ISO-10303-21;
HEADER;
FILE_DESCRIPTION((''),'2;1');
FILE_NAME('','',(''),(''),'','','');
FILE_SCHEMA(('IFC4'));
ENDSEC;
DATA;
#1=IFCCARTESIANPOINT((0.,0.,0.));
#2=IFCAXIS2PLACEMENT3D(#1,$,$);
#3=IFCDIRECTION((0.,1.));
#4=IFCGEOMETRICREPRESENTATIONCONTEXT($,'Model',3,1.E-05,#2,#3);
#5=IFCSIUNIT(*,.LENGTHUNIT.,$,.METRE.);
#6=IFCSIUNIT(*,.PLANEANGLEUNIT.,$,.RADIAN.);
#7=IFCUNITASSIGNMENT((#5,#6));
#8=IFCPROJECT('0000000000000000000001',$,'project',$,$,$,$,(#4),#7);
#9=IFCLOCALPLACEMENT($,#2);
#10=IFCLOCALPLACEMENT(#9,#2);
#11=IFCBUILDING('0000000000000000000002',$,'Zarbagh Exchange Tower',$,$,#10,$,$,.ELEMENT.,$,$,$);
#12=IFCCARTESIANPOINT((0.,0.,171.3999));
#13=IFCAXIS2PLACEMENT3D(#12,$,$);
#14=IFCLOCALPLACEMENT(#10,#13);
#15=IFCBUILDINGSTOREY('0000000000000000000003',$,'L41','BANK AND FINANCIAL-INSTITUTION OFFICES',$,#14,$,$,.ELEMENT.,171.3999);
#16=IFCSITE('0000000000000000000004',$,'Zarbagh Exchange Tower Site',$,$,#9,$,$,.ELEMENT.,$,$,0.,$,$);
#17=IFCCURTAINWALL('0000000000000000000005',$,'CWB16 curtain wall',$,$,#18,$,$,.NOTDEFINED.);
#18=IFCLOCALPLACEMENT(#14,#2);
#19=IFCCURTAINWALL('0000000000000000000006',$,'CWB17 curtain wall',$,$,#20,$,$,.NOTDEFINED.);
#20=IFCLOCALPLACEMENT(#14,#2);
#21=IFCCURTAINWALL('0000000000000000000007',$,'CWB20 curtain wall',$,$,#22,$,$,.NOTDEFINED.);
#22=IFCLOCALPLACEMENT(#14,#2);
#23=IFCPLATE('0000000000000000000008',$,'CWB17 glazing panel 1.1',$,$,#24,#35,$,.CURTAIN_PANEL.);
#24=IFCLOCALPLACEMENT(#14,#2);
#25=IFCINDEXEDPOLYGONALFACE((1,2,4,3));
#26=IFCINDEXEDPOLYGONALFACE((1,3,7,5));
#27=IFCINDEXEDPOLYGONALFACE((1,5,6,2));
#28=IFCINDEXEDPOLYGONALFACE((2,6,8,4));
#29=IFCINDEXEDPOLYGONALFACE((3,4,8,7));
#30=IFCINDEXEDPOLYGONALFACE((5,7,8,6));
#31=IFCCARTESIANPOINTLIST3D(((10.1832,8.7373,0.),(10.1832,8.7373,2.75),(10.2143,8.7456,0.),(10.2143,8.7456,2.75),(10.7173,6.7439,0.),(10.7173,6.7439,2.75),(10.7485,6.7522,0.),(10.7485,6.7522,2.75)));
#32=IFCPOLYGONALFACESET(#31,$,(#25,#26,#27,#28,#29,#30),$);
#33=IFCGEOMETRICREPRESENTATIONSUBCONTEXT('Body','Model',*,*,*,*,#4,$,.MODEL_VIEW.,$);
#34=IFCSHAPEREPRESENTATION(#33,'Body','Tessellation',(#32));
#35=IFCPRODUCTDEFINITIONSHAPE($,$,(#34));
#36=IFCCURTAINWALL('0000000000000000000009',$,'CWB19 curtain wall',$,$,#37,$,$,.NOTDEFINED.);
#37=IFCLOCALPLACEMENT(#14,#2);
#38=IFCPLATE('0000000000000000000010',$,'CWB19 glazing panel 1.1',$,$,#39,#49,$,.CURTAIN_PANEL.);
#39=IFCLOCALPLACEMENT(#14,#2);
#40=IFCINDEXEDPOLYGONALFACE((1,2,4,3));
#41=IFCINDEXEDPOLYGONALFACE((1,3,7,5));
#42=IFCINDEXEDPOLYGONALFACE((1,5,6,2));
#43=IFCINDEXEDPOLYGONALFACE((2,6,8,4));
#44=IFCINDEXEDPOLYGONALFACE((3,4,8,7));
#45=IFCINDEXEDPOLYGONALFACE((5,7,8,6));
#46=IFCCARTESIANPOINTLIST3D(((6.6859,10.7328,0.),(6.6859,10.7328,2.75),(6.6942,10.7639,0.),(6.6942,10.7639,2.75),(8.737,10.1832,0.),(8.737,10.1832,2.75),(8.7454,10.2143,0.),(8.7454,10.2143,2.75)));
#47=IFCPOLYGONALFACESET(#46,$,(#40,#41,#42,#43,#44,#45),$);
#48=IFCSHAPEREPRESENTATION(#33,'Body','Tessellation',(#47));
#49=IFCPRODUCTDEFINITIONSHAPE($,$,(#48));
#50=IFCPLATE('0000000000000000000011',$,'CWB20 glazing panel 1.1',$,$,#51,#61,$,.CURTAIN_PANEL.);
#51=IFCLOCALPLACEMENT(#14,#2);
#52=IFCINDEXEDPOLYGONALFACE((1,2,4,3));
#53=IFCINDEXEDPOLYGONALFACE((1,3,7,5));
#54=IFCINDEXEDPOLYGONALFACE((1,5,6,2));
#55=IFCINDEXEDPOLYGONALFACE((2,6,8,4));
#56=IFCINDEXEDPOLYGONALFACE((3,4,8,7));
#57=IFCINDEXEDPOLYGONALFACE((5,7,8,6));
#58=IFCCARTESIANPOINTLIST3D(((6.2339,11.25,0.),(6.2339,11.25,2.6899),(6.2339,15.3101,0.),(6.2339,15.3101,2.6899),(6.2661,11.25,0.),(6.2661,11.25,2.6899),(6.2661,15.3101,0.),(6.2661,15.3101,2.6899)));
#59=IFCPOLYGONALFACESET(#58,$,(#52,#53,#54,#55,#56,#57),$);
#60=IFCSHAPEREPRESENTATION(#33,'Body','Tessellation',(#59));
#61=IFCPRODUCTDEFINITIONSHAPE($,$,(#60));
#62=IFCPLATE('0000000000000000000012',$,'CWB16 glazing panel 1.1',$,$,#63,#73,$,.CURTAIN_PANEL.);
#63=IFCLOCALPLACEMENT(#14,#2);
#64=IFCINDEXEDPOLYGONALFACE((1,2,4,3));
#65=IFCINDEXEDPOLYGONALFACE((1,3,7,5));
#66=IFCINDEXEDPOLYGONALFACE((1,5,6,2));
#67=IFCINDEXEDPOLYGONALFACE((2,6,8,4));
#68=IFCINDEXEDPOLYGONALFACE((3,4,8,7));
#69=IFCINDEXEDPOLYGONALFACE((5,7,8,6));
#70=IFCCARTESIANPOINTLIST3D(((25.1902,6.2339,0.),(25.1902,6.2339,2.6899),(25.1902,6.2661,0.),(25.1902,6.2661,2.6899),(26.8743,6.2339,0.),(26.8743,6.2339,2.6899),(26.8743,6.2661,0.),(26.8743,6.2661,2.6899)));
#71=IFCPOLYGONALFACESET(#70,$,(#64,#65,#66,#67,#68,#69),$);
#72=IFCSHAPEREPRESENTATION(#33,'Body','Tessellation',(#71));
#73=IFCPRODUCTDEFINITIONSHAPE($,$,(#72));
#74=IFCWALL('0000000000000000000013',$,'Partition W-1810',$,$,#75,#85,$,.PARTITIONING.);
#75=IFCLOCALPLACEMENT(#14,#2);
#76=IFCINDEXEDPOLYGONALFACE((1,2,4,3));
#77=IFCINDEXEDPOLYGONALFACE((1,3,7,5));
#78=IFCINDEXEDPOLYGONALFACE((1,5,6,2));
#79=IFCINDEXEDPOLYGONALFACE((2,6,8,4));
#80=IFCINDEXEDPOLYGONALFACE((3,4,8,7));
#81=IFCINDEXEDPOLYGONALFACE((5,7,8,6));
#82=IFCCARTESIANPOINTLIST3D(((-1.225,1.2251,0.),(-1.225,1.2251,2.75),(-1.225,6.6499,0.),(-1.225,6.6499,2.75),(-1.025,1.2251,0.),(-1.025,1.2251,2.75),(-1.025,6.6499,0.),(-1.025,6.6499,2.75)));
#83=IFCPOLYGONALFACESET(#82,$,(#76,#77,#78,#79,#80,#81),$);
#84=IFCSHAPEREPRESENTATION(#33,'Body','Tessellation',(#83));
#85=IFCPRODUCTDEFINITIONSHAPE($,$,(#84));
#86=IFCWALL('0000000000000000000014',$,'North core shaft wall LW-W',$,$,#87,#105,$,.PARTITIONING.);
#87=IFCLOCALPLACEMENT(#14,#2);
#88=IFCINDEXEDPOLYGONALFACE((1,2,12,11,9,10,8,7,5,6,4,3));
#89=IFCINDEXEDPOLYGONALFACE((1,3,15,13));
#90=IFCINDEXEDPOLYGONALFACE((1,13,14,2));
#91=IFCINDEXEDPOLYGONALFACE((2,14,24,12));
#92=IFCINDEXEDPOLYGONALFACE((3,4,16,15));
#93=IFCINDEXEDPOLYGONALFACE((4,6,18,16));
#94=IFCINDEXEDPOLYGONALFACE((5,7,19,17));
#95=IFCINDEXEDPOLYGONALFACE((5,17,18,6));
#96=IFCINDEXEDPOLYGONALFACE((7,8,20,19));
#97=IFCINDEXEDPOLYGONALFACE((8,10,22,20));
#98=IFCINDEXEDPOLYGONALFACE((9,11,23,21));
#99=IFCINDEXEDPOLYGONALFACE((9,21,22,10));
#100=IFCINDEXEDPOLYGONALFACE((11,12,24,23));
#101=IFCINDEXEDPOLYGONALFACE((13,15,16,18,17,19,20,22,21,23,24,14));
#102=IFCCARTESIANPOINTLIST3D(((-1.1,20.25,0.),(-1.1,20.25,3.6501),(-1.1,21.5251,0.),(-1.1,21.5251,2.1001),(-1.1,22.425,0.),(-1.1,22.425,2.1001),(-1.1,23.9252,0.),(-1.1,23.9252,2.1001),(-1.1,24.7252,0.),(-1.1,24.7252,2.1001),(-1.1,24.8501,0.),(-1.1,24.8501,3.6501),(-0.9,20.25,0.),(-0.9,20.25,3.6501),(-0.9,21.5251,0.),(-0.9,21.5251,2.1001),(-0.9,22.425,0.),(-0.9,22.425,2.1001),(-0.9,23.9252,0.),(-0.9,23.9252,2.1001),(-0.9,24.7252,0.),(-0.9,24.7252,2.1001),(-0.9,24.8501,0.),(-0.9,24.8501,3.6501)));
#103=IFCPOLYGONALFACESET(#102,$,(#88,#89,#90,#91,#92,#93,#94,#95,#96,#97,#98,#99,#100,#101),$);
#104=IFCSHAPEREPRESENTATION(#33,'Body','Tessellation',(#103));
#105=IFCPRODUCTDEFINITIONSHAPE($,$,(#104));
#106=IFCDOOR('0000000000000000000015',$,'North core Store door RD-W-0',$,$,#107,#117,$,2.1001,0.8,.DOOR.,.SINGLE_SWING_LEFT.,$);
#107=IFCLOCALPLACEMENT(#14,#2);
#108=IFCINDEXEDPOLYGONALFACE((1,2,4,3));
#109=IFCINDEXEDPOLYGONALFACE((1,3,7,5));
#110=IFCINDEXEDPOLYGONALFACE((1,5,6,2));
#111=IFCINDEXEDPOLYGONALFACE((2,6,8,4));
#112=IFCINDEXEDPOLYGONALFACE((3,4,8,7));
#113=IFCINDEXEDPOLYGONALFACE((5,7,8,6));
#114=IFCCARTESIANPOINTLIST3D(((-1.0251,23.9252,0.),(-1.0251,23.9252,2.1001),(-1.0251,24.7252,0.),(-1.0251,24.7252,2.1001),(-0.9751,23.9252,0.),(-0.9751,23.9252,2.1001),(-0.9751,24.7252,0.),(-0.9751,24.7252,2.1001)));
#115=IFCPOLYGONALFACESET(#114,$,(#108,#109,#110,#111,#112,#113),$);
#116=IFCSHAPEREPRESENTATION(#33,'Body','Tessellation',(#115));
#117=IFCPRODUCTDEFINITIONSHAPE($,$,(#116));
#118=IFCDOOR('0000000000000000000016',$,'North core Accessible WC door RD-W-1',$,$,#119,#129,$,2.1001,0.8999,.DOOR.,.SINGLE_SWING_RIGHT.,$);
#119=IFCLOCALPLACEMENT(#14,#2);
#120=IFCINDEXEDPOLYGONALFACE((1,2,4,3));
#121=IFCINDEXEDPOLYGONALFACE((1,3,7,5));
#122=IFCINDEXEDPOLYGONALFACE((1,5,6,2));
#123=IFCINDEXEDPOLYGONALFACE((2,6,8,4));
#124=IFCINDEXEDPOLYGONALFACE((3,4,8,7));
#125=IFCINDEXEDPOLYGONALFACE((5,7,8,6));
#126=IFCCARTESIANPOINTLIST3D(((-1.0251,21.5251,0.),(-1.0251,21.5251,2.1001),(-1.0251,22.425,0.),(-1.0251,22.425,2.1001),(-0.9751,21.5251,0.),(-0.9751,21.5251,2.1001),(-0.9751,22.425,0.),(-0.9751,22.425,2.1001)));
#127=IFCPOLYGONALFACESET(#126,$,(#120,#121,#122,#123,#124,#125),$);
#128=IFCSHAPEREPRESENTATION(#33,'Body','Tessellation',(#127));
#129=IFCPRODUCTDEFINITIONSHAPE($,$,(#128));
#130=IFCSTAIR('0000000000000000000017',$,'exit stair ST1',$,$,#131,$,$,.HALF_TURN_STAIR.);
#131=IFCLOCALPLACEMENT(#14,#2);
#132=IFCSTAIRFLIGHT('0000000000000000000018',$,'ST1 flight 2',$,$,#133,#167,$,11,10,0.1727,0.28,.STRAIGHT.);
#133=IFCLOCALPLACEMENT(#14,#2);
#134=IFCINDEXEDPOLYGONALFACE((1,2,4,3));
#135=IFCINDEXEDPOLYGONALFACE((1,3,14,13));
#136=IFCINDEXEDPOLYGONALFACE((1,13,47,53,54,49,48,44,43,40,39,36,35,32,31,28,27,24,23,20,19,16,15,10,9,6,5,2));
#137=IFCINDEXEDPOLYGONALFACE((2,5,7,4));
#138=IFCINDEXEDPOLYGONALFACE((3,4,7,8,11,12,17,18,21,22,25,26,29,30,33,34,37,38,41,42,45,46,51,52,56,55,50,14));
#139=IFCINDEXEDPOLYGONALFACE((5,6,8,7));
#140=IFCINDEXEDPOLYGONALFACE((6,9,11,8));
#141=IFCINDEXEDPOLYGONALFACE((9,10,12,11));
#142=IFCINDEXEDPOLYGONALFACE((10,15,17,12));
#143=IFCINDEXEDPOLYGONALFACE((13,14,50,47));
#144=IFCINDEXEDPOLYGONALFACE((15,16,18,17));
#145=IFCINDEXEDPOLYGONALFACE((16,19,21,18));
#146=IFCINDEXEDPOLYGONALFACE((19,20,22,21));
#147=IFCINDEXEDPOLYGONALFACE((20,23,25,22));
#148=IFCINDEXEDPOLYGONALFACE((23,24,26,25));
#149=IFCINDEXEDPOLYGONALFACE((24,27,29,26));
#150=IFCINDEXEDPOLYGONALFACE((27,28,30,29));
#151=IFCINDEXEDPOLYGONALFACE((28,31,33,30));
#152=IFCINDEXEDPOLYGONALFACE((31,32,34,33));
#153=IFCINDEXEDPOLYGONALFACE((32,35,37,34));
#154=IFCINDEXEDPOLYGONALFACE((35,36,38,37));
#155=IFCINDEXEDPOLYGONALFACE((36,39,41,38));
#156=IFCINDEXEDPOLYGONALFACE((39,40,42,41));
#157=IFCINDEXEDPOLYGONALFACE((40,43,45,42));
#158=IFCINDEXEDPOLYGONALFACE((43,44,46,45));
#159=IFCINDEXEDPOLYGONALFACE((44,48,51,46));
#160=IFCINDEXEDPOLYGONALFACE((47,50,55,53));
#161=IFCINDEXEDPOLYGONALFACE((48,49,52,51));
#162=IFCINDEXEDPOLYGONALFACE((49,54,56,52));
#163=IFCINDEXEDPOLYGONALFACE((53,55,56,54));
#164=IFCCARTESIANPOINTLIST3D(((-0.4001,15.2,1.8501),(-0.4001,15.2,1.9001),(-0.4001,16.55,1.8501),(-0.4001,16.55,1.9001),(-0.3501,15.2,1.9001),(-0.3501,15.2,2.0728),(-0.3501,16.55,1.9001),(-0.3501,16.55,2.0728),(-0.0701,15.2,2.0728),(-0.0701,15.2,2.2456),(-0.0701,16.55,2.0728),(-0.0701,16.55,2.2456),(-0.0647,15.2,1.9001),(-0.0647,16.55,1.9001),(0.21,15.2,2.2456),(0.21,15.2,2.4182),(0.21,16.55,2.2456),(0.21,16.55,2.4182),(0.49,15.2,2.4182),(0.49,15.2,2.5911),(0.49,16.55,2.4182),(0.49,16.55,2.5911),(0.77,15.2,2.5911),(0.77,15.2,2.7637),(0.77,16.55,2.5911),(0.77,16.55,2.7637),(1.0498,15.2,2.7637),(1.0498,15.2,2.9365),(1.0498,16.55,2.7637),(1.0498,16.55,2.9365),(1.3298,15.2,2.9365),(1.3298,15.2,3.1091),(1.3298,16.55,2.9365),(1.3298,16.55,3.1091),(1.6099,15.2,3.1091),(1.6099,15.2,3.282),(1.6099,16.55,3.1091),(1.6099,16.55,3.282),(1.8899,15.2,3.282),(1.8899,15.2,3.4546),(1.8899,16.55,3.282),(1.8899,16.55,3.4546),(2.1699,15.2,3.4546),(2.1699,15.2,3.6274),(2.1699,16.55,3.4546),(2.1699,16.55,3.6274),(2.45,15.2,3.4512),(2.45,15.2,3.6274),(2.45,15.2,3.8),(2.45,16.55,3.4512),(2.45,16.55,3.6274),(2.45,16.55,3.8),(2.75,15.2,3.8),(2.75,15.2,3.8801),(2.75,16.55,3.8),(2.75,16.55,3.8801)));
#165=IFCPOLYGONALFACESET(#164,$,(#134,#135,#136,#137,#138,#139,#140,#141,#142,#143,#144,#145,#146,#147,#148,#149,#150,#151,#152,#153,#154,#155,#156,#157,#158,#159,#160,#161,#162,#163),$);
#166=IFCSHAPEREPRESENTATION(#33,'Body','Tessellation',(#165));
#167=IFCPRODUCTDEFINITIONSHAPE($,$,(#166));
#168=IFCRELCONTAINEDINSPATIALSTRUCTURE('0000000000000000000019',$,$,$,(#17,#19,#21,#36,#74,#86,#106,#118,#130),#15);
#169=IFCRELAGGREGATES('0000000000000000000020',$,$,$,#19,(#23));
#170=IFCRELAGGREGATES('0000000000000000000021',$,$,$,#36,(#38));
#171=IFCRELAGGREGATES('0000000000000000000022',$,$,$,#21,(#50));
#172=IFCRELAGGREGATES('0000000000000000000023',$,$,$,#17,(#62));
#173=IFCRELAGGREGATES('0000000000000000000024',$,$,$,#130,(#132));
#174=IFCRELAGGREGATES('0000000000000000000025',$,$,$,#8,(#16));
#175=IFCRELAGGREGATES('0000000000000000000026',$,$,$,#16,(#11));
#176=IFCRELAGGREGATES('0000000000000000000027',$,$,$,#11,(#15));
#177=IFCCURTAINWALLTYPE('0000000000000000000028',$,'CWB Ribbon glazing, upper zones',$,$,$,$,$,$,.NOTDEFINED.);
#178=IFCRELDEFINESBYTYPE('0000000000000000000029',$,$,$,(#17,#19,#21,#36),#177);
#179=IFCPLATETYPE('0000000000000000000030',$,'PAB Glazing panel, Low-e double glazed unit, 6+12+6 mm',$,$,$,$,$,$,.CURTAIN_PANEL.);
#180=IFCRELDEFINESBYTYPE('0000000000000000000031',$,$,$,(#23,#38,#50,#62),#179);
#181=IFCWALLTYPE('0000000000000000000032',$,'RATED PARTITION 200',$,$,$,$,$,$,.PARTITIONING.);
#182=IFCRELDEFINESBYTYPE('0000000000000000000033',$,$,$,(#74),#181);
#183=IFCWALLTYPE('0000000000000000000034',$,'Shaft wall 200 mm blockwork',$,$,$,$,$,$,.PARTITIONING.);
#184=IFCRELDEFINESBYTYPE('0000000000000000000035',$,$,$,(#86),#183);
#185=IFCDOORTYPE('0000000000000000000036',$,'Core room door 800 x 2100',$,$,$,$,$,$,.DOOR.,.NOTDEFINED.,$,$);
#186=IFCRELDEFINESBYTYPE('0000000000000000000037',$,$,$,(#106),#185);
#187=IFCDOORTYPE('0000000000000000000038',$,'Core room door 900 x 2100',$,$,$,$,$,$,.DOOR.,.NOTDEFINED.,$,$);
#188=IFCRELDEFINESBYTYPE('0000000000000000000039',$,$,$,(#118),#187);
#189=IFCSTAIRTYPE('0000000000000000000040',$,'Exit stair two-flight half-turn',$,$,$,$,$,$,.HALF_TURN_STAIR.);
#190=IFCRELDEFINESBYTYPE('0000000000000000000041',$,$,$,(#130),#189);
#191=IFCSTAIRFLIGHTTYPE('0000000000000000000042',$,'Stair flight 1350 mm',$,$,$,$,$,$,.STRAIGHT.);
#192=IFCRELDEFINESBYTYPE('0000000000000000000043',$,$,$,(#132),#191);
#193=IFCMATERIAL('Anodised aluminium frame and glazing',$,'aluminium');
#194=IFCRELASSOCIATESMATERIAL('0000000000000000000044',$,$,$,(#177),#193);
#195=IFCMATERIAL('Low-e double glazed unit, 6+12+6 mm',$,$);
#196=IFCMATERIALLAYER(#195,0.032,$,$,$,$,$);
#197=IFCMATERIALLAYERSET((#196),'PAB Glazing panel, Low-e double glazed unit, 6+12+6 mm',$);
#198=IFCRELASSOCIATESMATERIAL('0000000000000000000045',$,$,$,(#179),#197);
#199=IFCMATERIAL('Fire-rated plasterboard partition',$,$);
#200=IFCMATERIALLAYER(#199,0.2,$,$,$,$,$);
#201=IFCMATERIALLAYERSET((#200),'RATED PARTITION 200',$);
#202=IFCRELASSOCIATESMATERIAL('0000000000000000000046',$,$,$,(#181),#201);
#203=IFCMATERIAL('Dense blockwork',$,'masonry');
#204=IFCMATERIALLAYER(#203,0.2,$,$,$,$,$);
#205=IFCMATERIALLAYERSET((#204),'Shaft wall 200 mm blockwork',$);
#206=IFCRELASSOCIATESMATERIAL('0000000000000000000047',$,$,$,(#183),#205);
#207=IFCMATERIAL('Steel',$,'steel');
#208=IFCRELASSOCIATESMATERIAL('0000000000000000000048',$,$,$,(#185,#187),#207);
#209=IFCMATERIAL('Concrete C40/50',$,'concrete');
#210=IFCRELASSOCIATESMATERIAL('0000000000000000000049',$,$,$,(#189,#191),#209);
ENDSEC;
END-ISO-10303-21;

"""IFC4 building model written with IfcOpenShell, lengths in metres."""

from ifc_helpers import new_model, si_unit, direction, frame, frame_2d, origin, place, context, subcontext, project, spatial, polyline, rectangle, outline, extrude, source, transform, mapped, material, layer, layer_set, type_object, element, fill, aggregate, save


model = new_model("IFC4")

# Units and contexts
model_context = context("Model", 3, precision=1e-05, world=origin(), true_north=direction((0.0, 1.0)))
body_context = subcontext(model_context, "Body", "Model", "MODEL_VIEW")
ifc_project = project(units=[si_unit("LENGTHUNIT", "METRE"), si_unit("PLANEANGLEUNIT", "RADIAN")], contexts=[model_context])

# Site, building, storey
site_placement = place(None, origin())
site = spatial("IfcSite", under=ifc_project, at=site_placement, Name="Zarbagh Exchange Tower Site", CompositionType="ELEMENT", RefElevation=0.0)
building_placement = place(site_placement, origin())
building = spatial("IfcBuilding", under=site, at=building_placement, Name="Zarbagh Exchange Tower", CompositionType="ELEMENT")
storey_placement = place(building_placement, frame((0.0, 0.0, 171.3999)))
storey = spatial("IfcBuildingStorey", under=building, at=storey_placement, Name="L41", Description="BANK AND FINANCIAL-INSTITUTION OFFICES", CompositionType="ELEMENT", Elevation=171.3999)

# Curtain wall
ifc_material_1 = material(Name="Anodised aluminium frame and glazing", Category="aluminium")
curtain_wall_type = type_object("IfcCurtainWallType", Name="CWB Ribbon glazing, upper zones", PredefinedType="NOTDEFINED", material=ifc_material_1)
curtain_wall_1_placement = place(storey_placement, origin())
curtain_wall_1 = element("IfcCurtainWall", 1, at=curtain_wall_1_placement, inside=storey, type_object=curtain_wall_type, Name="CWB16 curtain wall", PredefinedType="NOTDEFINED")
placement = place(storey_placement, origin())

# Curtain wall
curtain_wall_2_placement = place(storey_placement, origin())
curtain_wall_2 = element("IfcCurtainWall", 2, at=curtain_wall_2_placement, inside=storey, type_object=curtain_wall_type, Name="CWB17 curtain wall", PredefinedType="NOTDEFINED")

# Curtain wall
curtain_wall_3_placement = place(storey_placement, origin())
curtain_wall_3 = element("IfcCurtainWall", 3, at=curtain_wall_3_placement, inside=storey, type_object=curtain_wall_type, Name="CWB20 curtain wall", PredefinedType="NOTDEFINED")

# Shared definitions
ifc_material_2 = material(Name="Low-e double glazed unit, 6+12+6 mm")
ifc_layer_1 = layer(ifc_material_2, 0.032)
ifc_layer_set_1 = layer_set([ifc_layer_1], Name="PAB Glazing panel, Low-e double glazed unit, 6+12+6 mm")
plate_type = type_object("IfcPlateType", Name="PAB Glazing panel, Low-e double glazed unit, 6+12+6 mm", PredefinedType="CURTAIN_PANEL", material=ifc_layer_set_1)

# Plate
shared_shape_1 = source(origin(), body_context, "Body", "SweptSolid", [
    extrude(outline(polyline([(0.0, -0.0161), (2.0637, -0.0161), (2.0637, 0.0161), (0.0, 0.0161), (0.0, -0.0161)])), origin(), (0.0, 0.0, 1.0), 2.75),
])
plate_1 = element("IfcPlate", 4, at=placement, type_object=plate_type, Name="CWB17 glazing panel 1.1", PredefinedType="CURTAIN_PANEL", context=body_context, shape_type="MappedRepresentation", body=[
    mapped(shared_shape_1, transform((10.7329, 6.748, 0.0), x_axis=(-0.258825, 0.965924, 0.0), y_axis=(-0.965924, -0.258825, 0.0), z_axis=(0.0, 0.0, 1.0))),
])
aggregate(curtain_wall_2, [plate_1])

# Curtain wall, plate
curtain_wall_4_placement = place(storey_placement, origin())
curtain_wall_4 = element("IfcCurtainWall", 5, at=curtain_wall_4_placement, inside=storey, type_object=curtain_wall_type, Name="CWB19 curtain wall", PredefinedType="NOTDEFINED")
shared_shape_2 = source(origin(), body_context, "Body", "SweptSolid", [
    extrude(outline(polyline([(0.0, -0.0161), (2.1235, -0.0161), (2.1235, 0.0161), (0.0, 0.0161), (0.0, -0.0161)])), origin(), (0.0, 0.0, 1.0), 2.75),
])
plate_2 = element("IfcPlate", 6, at=placement, type_object=plate_type, Name="CWB19 glazing panel 1.1", PredefinedType="CURTAIN_PANEL", context=body_context, shape_type="MappedRepresentation", body=[
    mapped(shared_shape_2, transform((8.7412, 10.1987, 0.0), x_axis=(-0.965924, 0.258825, 0.0), y_axis=(-0.258825, -0.965924, 0.0), z_axis=(0.0, 0.0, 1.0))),
])
aggregate(curtain_wall_4, [plate_2])

# Plates
shared_shape_3 = source(origin(), body_context, "Body", "SweptSolid", [
    extrude(outline(polyline([(0.0, -0.0161), (4.0601, -0.0161), (4.0601, 0.0161), (0.0, 0.0161), (0.0, -0.0161)])), origin(), (0.0, 0.0, 1.0), 2.6899),
])
plate_3 = element("IfcPlate", 7, at=placement, type_object=plate_type, Name="CWB20 glazing panel 1.1", PredefinedType="CURTAIN_PANEL", context=body_context, shape_type="MappedRepresentation", body=[
    mapped(shared_shape_3, transform((6.25, 11.25, 0.0), x_axis=(0.0, 1.0, 0.0), y_axis=(-1.0, 0.0, 0.0), z_axis=(0.0, 0.0, 1.0))),
])
aggregate(curtain_wall_3, [plate_3])
shared_shape_4 = source(origin(), body_context, "Body", "SweptSolid", [
    extrude(outline(polyline([(0.0, -0.0161), (1.6841, -0.0161), (1.6841, 0.0161), (0.0, 0.0161), (0.0, -0.0161)])), origin(), (0.0, 0.0, 1.0), 2.6899),
])
plate_4 = element("IfcPlate", 8, at=placement, type_object=plate_type, Name="CWB16 glazing panel 1.1", PredefinedType="CURTAIN_PANEL", context=body_context, shape_type="MappedRepresentation", body=[
    mapped(shared_shape_4, transform((26.8743, 6.25, 0.0), x_axis=(-1.0, 0.0, 0.0), y_axis=(0.0, -1.0, 0.0), z_axis=(0.0, 0.0, 1.0))),
])
aggregate(curtain_wall_1, [plate_4])

# Wall
ifc_material_3 = material(Name="Fire-rated plasterboard partition")
ifc_layer_2 = layer(ifc_material_3, 0.2)
ifc_layer_set_2 = layer_set([ifc_layer_2], Name="RATED PARTITION 200")
wall_type_1 = type_object("IfcWallType", Name="RATED PARTITION 200", PredefinedType="PARTITIONING", material=ifc_layer_set_2)
wall_1_placement = place(storey_placement, frame((-1.125, 1.2251, 0.0), z_axis=(0.0, 0.0, 1.0), x_axis=(0.0, 1.0, 0.0)))
element("IfcWall", 9, at=wall_1_placement, inside=storey, type_object=wall_type_1, Name="Partition W-1810", PredefinedType="PARTITIONING", context=body_context, shape_type="SweptSolid", body=[
    extrude(rectangle(XDim=5.4248, YDim=0.2, at=frame_2d((2.7124, 0.0))), origin(), (0.0, 0.0, 1.0), 2.75),
])

# Wall, openings, doors
ifc_material_4 = material(Name="Dense blockwork", Category="masonry")
ifc_layer_3 = layer(ifc_material_4, 0.2)
ifc_layer_set_3 = layer_set([ifc_layer_3], Name="Shaft wall 200 mm blockwork")
wall_type_2 = type_object("IfcWallType", Name="Shaft wall 200 mm blockwork", PredefinedType="PARTITIONING", material=ifc_layer_set_3)
wall_2_placement = place(storey_placement, frame((-1.0, 24.8501, 0.0), z_axis=(0.0, 0.0, 1.0), x_axis=(0.0, -1.0, 0.0)))
wall_2 = element("IfcWall", 10, at=wall_2_placement, inside=storey, type_object=wall_type_2, Name="North core shaft wall LW-W", PredefinedType="PARTITIONING", context=body_context, shape_type="SweptSolid", body=[
    extrude(rectangle(XDim=4.6001, YDim=0.2, at=frame_2d((2.3, 0.0))), origin(), (0.0, 0.0, 1.0), 3.6501),
])
opening_1_placement = place(wall_2_placement, frame((0.125, 0.0, 0.0)))
opening_1 = element("IfcOpeningElement", 11, at=opening_1_placement, cuts=wall_2, PredefinedType="OPENING", context=body_context, shape_type="SweptSolid", body=[
    extrude(rectangle(XDim=0.8, YDim=2.1001, at=frame_2d((0.3999, 1.05))), frame((0.0, 0.1099, 0.0), z_axis=(0.0, -1.0, 0.0), x_axis=(1.0, 0.0, 0.0)), (0.0, 0.0, 1.0), 0.22),
])
opening_2_placement = place(wall_2_placement, frame((2.425, 0.0, 0.0)))
opening_2 = element("IfcOpeningElement", 12, at=opening_2_placement, cuts=wall_2, PredefinedType="OPENING", context=body_context, shape_type="SweptSolid", body=[
    extrude(rectangle(XDim=0.8999, YDim=2.1001, at=frame_2d((0.45, 1.05))), frame((0.0, 0.1099, 0.0), z_axis=(0.0, -1.0, 0.0), x_axis=(1.0, 0.0, 0.0)), (0.0, 0.0, 1.0), 0.22),
])
ifc_material_5 = material(Name="Steel", Category="steel")
door_type_1 = type_object("IfcDoorType", Name="Core room door 800 x 2100", OperationType="NOTDEFINED", PredefinedType="DOOR", material=ifc_material_5)
door_1_placement = place(opening_1_placement, origin())
door_1 = element("IfcDoor", 13, at=door_1_placement, inside=storey, type_object=door_type_1, Name="North core Store door RD-W-0", OperationType="SINGLE_SWING_LEFT", OverallHeight=2.1001, OverallWidth=0.8, PredefinedType="DOOR", context=body_context, shape_type="SweptSolid", body=[
    extrude(rectangle(XDim=0.8, YDim=2.1001, at=frame_2d((0.3999, 1.05))), frame((0.0, 0.0249, 0.0), z_axis=(0.0, -1.0, 0.0), x_axis=(1.0, 0.0, 0.0)), (0.0, 0.0, 1.0), 0.05),
])
fill(opening_1, door_1)
door_type_2 = type_object("IfcDoorType", Name="Core room door 900 x 2100", OperationType="NOTDEFINED", PredefinedType="DOOR", material=ifc_material_5)
door_2_placement = place(opening_2_placement, origin())
door_2 = element("IfcDoor", 14, at=door_2_placement, inside=storey, type_object=door_type_2, Name="North core Accessible WC door RD-W-1", OperationType="SINGLE_SWING_RIGHT", OverallHeight=2.1001, OverallWidth=0.8999, PredefinedType="DOOR", context=body_context, shape_type="SweptSolid", body=[
    extrude(rectangle(XDim=0.8999, YDim=2.1001, at=frame_2d((0.45, 1.05))), frame((0.0, 0.0249, 0.0), z_axis=(0.0, -1.0, 0.0), x_axis=(1.0, 0.0, 0.0)), (0.0, 0.0, 1.0), 0.05),
])
fill(opening_2, door_2)

# Stair, stair flight
ifc_material_6 = material(Name="Concrete C40/50", Category="concrete")
stair_type = type_object("IfcStairType", Name="Exit stair two-flight half-turn", PredefinedType="HALF_TURN_STAIR", material=ifc_material_6)
stair_placement = place(storey_placement, origin())
stair = element("IfcStair", 15, at=stair_placement, inside=storey, type_object=stair_type, Name="exit stair ST1", PredefinedType="HALF_TURN_STAIR")
stair_flight_type = type_object("IfcStairFlightType", Name="Stair flight 1350 mm", PredefinedType="STRAIGHT", material=ifc_material_6)
stair_flight_placement = place(storey_placement, frame((-0.3501, 15.875, 1.9001), z_axis=(0.0, 0.0, 1.0), x_axis=(1.0, 0.0, 0.0)))
stair_flight = element("IfcStairFlight", 16, at=stair_flight_placement, type_object=stair_flight_type, Name="ST1 flight 2", NumberOfRisers=11, NumberOfTreads=10, PredefinedType="STRAIGHT", RiserHeight=0.1727, TreadLength=0.28, context=body_context, shape_type="SweptSolid", body=[
    extrude(outline(polyline([(-0.05, -0.05), (-0.05, 0.0), (0.0, 0.0), (0.0, 0.1726), (0.28, 0.1726), (0.28, 0.3455), (0.5601, 0.3455), (0.5601, 0.5181), (0.8401, 0.5181), (0.8401, 0.6909), (1.1201, 0.6909), (1.1201, 0.8635), (1.3999, 0.8635), (1.3999, 1.0364), (1.6799, 1.0364), (1.6799, 1.209), (1.96, 1.209), (1.96, 1.3818), (2.24, 1.3818), (2.24, 1.5544), (2.52, 1.5544), (2.52, 1.7273), (2.8, 1.7273), (2.8, 1.8999), (3.1001, 1.98), (3.1001, 1.8999), (2.8, 1.551), (0.2854, 0.0), (-0.05, -0.05)])), frame((0.0, 0.675, 0.0), z_axis=(0.0, -1.0, 0.0), x_axis=(1.0, 0.0, 0.0)), (0.0, 0.0, 1.0), 1.3501),
])
aggregate(stair, [stair_flight])

save(model, "model.ifc")
